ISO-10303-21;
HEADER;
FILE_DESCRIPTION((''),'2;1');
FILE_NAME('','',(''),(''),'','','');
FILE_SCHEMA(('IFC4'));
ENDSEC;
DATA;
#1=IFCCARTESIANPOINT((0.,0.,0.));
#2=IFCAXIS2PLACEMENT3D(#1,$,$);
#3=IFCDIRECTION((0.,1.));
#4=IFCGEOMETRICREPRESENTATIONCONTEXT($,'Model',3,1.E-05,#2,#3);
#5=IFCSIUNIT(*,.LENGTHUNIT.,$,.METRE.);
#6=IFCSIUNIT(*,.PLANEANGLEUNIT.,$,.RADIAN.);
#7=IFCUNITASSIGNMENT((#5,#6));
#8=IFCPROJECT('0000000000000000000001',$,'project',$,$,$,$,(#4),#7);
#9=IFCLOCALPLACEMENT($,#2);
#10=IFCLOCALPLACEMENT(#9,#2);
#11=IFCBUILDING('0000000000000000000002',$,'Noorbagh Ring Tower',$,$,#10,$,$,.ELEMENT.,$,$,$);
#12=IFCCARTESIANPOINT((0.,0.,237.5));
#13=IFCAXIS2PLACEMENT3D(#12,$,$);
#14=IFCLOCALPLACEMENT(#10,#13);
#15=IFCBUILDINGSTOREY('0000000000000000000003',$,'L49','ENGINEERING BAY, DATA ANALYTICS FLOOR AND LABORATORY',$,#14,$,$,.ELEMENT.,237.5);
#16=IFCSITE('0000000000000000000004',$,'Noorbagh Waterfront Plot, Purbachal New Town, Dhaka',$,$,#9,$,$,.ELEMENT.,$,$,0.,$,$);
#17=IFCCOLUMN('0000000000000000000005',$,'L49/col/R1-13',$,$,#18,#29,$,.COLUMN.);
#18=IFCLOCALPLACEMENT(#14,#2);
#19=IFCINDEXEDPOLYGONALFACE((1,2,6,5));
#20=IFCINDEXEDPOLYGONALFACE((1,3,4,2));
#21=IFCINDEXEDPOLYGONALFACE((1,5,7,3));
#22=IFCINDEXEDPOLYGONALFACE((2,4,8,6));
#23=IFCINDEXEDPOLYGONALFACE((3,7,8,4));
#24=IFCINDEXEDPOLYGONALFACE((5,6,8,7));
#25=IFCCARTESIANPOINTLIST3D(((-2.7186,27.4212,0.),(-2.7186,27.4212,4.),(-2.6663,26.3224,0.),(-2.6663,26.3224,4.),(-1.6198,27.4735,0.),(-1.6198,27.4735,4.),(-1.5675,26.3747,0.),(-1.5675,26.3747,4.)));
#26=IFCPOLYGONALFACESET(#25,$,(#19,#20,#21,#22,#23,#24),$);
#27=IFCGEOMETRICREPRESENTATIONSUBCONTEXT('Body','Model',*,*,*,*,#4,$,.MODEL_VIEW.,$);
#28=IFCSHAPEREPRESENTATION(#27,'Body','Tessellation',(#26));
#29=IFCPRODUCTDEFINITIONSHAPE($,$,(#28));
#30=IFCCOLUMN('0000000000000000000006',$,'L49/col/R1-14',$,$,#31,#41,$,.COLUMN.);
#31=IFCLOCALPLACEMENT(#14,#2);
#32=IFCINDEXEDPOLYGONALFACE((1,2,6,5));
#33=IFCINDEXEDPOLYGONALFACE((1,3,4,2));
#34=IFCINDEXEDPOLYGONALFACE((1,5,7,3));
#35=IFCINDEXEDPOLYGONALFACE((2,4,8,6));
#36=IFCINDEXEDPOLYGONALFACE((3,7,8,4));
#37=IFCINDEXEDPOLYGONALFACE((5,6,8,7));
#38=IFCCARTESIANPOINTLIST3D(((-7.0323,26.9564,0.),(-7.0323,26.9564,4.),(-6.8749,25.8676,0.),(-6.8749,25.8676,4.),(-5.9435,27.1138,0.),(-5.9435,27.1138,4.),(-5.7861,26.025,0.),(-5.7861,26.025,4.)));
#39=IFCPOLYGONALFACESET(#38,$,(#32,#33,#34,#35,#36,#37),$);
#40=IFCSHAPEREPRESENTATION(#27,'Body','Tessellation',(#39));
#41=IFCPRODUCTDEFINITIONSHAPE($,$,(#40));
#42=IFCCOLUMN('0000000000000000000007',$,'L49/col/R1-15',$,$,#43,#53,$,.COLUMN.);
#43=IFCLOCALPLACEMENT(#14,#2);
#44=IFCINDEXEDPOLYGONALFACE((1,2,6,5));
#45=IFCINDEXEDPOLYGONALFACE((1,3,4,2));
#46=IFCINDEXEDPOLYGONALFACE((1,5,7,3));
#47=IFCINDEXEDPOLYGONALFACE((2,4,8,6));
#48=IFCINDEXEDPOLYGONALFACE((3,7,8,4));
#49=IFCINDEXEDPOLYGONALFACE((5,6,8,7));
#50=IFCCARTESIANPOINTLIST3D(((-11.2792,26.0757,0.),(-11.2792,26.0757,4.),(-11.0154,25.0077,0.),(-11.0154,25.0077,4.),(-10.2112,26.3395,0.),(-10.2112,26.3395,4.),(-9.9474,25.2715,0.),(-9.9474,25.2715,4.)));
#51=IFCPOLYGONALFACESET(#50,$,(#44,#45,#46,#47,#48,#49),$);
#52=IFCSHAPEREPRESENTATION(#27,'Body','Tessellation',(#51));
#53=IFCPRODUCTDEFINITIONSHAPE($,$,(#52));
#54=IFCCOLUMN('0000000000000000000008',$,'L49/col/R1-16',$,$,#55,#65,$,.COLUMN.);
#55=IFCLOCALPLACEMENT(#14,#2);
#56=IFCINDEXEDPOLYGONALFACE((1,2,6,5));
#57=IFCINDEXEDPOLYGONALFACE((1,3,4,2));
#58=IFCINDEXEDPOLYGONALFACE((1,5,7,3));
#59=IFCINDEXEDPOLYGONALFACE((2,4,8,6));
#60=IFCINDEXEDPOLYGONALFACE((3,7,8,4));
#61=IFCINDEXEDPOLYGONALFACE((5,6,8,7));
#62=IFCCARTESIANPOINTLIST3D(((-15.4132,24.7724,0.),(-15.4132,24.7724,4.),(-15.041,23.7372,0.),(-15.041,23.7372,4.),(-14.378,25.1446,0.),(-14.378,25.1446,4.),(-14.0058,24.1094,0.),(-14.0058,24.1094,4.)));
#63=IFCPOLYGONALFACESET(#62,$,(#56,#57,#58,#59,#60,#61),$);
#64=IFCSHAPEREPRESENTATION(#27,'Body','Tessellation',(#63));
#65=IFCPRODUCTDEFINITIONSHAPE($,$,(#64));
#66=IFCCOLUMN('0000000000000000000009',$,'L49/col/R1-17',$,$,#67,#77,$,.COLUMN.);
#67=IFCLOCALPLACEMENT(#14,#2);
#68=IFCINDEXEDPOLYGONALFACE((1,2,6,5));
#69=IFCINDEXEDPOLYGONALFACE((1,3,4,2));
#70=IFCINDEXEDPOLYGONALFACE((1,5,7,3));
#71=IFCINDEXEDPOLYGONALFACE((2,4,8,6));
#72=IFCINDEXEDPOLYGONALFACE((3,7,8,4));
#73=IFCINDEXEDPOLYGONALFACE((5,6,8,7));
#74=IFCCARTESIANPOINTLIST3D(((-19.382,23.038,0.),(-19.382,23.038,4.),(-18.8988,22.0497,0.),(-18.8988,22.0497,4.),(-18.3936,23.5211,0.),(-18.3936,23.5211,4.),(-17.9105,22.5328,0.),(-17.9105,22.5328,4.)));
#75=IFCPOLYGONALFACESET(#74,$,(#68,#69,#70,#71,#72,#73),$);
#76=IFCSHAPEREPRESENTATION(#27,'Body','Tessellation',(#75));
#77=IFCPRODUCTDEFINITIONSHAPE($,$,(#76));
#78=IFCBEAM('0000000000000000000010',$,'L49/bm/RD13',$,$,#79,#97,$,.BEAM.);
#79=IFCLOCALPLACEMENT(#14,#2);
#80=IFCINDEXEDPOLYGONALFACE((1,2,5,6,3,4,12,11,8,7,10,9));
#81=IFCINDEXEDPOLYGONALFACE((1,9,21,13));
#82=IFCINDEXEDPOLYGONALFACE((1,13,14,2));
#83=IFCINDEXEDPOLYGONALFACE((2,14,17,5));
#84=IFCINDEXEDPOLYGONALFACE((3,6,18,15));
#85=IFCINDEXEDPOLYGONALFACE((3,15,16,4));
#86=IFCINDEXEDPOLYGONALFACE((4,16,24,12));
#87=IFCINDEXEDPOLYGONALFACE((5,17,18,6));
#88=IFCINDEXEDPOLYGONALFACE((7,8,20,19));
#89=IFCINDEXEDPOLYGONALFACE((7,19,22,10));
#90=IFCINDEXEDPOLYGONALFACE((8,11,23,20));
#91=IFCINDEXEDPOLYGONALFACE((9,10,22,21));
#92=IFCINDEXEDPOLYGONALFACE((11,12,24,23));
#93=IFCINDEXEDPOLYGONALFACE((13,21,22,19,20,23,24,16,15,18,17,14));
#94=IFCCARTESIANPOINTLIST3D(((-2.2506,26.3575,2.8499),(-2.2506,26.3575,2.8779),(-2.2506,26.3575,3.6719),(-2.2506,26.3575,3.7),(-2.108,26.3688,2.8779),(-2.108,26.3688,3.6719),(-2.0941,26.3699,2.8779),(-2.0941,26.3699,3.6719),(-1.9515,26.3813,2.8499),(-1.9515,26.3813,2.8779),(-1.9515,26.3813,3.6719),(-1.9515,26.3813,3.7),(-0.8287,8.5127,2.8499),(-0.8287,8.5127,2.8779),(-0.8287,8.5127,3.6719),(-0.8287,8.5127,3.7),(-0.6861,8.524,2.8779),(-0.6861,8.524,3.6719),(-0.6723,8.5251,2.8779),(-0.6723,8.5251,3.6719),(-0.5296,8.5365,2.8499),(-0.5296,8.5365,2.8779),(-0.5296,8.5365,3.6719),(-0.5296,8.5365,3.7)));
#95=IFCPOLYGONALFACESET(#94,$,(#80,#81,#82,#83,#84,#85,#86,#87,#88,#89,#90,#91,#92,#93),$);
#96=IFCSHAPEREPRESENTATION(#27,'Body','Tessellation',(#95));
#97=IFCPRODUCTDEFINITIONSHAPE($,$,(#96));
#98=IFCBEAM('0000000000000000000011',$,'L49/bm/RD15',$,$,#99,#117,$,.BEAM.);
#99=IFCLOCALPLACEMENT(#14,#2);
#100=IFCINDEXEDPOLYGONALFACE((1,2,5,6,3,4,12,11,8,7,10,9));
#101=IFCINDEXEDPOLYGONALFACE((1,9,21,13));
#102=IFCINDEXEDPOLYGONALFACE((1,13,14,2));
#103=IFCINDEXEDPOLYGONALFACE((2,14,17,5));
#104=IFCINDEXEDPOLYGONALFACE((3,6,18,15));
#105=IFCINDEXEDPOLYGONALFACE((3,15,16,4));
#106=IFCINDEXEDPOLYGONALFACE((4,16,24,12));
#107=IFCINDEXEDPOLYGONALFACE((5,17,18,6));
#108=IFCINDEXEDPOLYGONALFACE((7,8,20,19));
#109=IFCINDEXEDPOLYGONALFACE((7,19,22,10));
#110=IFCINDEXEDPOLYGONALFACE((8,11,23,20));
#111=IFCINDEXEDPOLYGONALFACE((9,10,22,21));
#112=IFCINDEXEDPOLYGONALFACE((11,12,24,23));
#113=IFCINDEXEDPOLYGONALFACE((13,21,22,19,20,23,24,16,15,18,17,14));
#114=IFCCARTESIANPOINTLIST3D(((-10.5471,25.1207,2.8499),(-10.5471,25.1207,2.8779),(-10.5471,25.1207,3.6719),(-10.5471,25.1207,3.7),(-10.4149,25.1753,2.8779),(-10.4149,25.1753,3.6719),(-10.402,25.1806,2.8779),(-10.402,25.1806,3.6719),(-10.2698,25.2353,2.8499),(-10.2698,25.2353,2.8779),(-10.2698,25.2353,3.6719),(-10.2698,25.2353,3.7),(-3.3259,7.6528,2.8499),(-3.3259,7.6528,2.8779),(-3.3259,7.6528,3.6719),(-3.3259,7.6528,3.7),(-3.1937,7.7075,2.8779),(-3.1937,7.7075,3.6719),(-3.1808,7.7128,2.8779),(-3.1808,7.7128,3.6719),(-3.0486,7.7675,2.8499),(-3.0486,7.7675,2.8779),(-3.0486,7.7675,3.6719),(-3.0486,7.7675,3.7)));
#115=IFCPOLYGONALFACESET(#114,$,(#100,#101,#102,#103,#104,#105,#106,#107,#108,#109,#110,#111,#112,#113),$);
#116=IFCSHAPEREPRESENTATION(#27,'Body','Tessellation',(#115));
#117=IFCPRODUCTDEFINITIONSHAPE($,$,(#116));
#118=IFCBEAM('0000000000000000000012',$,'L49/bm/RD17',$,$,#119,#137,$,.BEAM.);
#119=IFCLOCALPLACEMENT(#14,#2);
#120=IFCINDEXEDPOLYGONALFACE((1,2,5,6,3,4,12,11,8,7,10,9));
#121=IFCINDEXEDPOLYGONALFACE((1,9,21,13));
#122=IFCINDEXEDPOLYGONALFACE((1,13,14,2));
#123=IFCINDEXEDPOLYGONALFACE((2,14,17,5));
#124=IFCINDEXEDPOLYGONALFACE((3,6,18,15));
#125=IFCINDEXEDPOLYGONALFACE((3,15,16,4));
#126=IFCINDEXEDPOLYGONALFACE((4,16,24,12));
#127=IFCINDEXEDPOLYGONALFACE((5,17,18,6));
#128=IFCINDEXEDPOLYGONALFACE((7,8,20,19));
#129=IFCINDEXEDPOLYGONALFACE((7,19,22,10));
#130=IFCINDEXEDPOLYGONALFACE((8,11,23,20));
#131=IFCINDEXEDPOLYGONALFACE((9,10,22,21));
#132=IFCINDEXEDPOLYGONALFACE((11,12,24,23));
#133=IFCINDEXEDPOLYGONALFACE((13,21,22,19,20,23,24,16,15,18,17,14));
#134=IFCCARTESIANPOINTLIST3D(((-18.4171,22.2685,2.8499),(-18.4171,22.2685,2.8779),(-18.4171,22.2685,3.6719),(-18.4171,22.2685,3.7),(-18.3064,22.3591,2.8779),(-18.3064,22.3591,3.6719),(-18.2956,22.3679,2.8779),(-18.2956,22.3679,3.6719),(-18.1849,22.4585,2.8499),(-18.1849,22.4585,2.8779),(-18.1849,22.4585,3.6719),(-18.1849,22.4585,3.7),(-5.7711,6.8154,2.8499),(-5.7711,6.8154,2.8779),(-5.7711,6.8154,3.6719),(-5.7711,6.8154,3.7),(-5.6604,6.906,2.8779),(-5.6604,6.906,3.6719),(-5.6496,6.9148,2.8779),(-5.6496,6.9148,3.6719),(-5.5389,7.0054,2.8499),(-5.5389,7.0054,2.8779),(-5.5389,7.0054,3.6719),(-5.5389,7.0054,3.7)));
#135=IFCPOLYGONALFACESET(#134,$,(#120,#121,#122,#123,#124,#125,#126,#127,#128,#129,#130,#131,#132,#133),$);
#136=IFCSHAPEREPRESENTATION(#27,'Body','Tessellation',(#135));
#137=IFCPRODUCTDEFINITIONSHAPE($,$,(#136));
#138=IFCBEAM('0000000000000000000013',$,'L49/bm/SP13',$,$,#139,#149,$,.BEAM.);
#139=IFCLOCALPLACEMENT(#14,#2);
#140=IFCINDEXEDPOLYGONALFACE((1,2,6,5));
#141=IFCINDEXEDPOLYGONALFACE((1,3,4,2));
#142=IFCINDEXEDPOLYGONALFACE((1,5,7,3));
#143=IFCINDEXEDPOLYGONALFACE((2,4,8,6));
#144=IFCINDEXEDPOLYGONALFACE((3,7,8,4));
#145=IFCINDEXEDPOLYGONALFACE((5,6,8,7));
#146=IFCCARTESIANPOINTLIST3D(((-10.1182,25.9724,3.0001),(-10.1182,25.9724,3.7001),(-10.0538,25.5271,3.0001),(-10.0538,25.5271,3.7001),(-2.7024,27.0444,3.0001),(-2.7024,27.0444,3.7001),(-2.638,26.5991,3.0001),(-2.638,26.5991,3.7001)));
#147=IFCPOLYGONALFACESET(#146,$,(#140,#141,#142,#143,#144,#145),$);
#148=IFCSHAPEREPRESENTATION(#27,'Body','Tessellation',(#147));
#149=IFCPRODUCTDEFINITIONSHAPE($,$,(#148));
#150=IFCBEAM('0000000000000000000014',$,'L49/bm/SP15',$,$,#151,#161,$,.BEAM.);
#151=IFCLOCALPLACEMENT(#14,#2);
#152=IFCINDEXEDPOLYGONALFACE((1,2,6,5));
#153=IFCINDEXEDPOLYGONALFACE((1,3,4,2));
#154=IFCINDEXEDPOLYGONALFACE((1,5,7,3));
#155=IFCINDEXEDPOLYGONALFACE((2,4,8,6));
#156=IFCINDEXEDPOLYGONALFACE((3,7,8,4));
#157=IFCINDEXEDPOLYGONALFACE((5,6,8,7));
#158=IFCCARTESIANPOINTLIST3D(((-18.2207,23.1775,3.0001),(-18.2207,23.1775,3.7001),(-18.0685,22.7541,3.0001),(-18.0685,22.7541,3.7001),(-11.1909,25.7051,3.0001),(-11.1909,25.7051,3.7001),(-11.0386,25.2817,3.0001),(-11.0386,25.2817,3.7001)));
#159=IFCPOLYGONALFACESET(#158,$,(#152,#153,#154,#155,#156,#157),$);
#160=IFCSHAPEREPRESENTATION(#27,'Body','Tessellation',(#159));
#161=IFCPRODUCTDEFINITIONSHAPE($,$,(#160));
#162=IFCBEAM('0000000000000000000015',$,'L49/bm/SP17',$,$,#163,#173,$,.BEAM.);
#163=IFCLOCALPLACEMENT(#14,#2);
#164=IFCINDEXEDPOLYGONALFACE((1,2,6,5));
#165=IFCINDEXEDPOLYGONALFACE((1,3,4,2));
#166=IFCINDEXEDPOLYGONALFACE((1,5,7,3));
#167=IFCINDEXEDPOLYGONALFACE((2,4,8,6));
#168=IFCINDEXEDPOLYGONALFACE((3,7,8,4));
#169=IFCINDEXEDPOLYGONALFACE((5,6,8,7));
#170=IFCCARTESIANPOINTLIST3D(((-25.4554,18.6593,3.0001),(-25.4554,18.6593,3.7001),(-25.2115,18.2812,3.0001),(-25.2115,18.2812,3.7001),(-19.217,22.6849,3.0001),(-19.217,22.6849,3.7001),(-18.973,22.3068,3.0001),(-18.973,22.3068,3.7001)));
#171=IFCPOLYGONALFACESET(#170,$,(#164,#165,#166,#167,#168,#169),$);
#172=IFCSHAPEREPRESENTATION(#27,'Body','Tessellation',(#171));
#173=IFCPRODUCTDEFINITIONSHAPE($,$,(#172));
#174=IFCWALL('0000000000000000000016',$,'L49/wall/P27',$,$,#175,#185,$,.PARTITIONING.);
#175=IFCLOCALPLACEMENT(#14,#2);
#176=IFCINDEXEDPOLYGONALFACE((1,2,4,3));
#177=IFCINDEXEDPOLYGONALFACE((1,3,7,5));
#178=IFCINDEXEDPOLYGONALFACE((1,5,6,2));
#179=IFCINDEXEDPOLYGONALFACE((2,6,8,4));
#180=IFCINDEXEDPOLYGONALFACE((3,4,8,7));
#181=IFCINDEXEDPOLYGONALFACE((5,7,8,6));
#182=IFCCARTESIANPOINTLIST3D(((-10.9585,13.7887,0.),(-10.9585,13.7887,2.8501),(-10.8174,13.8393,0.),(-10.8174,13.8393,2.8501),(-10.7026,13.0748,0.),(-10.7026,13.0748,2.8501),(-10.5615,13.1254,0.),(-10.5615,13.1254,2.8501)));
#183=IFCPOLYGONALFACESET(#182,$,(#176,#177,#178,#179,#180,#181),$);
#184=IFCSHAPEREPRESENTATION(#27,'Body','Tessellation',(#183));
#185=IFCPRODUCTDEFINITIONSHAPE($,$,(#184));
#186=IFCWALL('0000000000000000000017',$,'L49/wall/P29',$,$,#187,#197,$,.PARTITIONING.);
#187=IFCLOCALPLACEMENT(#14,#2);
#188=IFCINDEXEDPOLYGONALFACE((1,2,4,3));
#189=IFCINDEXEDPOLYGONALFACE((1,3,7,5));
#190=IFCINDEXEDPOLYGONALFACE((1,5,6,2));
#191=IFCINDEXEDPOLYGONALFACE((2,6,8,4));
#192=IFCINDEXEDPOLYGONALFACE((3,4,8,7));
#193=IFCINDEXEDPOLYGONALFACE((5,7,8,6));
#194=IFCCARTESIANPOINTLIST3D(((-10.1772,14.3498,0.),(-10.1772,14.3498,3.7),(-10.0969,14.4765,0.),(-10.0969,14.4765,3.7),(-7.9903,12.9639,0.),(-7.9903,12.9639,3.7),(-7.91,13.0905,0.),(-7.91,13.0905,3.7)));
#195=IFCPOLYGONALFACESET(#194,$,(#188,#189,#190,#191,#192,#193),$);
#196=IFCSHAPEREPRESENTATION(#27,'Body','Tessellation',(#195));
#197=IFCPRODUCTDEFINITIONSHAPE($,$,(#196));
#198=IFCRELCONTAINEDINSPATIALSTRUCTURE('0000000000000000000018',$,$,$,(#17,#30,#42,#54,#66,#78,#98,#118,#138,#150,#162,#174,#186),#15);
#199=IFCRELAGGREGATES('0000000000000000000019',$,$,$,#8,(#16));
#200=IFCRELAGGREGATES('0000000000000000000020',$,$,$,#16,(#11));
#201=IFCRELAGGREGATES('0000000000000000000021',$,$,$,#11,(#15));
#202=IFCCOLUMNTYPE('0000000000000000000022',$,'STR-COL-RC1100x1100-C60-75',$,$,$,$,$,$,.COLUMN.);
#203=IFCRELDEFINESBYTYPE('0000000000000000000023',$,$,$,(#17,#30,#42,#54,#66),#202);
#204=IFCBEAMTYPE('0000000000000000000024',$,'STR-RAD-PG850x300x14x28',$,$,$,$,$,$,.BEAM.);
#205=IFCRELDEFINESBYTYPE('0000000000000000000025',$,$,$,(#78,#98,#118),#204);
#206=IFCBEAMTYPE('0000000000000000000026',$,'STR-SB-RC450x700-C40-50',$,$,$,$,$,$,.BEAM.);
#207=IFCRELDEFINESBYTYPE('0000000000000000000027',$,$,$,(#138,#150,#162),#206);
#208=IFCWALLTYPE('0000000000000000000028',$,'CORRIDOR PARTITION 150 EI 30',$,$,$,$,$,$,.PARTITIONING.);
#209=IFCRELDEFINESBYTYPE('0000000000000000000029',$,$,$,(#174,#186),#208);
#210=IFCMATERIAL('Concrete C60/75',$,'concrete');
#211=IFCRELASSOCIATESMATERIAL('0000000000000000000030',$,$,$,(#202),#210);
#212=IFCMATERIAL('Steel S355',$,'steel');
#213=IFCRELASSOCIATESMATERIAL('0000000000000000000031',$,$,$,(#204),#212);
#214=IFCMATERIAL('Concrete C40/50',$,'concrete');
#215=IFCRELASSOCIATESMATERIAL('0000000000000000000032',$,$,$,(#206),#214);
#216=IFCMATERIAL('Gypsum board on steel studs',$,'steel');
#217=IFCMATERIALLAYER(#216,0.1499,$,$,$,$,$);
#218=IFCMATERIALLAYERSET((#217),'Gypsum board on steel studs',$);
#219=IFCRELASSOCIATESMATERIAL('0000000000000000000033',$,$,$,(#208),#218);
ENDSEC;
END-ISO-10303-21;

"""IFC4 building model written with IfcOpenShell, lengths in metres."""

from ifc_helpers import new_model, si_unit, direction, frame, frame_2d, origin, origin_2d, place, context, subcontext, project, spatial, rectangle, i_section, extrude, material, layer, layer_set, material_profile, profile_set, type_object, element, save


model = new_model("IFC4")

# Units and contexts
model_context = context("Model", 3, precision=1e-05, world=origin(), true_north=direction((0.0, 1.0)))
body_context = subcontext(model_context, "Body", "Model", "MODEL_VIEW")
ifc_project = project(units=[si_unit("LENGTHUNIT", "METRE"), si_unit("PLANEANGLEUNIT", "RADIAN")], contexts=[model_context])

# Site, building, storey
site_placement = place(None, origin())
site = spatial("IfcSite", under=ifc_project, at=site_placement, Name="Noorbagh Waterfront Plot, Purbachal New Town, Dhaka", CompositionType="ELEMENT", RefElevation=0.0)
building_placement = place(site_placement, origin())
building = spatial("IfcBuilding", under=site, at=building_placement, Name="Noorbagh Ring Tower", CompositionType="ELEMENT")
storey_placement = place(building_placement, frame((0.0, 0.0, 237.5)))
storey = spatial("IfcBuildingStorey", under=building, at=storey_placement, Name="L49", Description="ENGINEERING BAY, DATA ANALYTICS FLOOR AND LABORATORY", CompositionType="ELEMENT", Elevation=237.5)

# Columns
ifc_material_1 = material(Name="Concrete C60/75", Category="concrete")
ifc_material_profile_1 = material_profile(ifc_material_1, rectangle(XDim=1.1001, YDim=1.1001, at=origin_2d()), Name="RC1100x1100")
ifc_profile_set_1 = profile_set([ifc_material_profile_1], Name="Concrete C60/75")
column_type = type_object("IfcColumnType", Name="STR-COL-RC1100x1100-C60-75", PredefinedType="COLUMN", material=ifc_profile_set_1)
for number, where, z_axis, x_axis, name in (
    (1, (-2.1431, 26.8979, 0.0), (0.0, 0.0, 1.0), (-0.998869, -0.047553, 0.0), "L49/col/R1-13"),
    (2, (-6.4092, 26.4907, 0.0), (0.0, 0.0, 1.0), (-0.989713, -0.143066, 0.0), "L49/col/R1-14"),
    (3, (-10.6133, 25.6736, 0.0), (0.0, 0.0, 1.0), (-0.970829, -0.239771, 0.0), "L49/col/R1-15"),
    (4, (-14.7095, 24.4409, 0.0), (0.0, 0.0, 1.0), (-0.941025, -0.338338, 0.0), "L49/col/R1-16"),
    (5, (-18.6462, 22.7854, 0.0), (0.0, 0.0, 1.0), (-0.898399, -0.43918, 0.0), "L49/col/R1-17"),
):
    element("IfcColumn", number, at=place(storey_placement, frame(where, z_axis=z_axis, x_axis=x_axis)), inside=storey, type_object=column_type, Name=name, PredefinedType="COLUMN", context=body_context, shape_type="SweptSolid", body=[
        extrude(rectangle(XDim=1.1001, YDim=1.1001, at=origin_2d()), origin(), (0.0, 0.0, 1.0), 4.0),
    ])

# Beams
ifc_material_2 = material(Name="Steel S355", Category="steel")
ifc_material_profile_2 = material_profile(ifc_material_2, i_section(OverallWidth=0.3, OverallDepth=0.8501, WebThickness=0.0139, FlangeThickness=0.0281, at=origin_2d()), Name="PG850x300x14x28")
ifc_profile_set_2 = profile_set([ifc_material_profile_2], Name="Steel S355")
beam_type_1 = type_object("IfcBeamType", Name="STR-RAD-PG850x300x14x28", PredefinedType="BEAM", material=ifc_profile_set_2)
beam_1_placement = place(storey_placement, frame((-2.1011, 26.3694, 3.2749), z_axis=(0.079429, -0.996841, 0.0), x_axis=(0.996841, 0.079429, 0.0)))
element("IfcBeam", 6, at=beam_1_placement, inside=storey, type_object=beam_type_1, Name="L49/bm/RD13", PredefinedType="BEAM", context=body_context, shape_type="SweptSolid", body=[
    extrude(i_section(OverallWidth=0.3, OverallDepth=0.8501, WebThickness=0.0139, FlangeThickness=0.0281, at=origin_2d()), origin(), (0.0, 0.0, 1.0), 17.9014),
])
beam_2_placement = place(storey_placement, frame((-10.4084, 25.178, 3.2749), z_axis=(0.382042, -0.924145, 0.0), x_axis=(0.924145, 0.382042, 0.0)))
element("IfcBeam", 7, at=beam_2_placement, inside=storey, type_object=beam_type_1, Name="L49/bm/RD15", PredefinedType="BEAM", context=body_context, shape_type="SweptSolid", body=[
    extrude(i_section(OverallWidth=0.3, OverallDepth=0.8501, WebThickness=0.0139, FlangeThickness=0.0281, at=origin_2d()), origin(), (0.0, 0.0, 1.0), 18.9016),
])
beam_3_placement = place(storey_placement, frame((-18.301, 22.3635, 3.2749), z_axis=(0.633314, -0.773895, 0.0), x_axis=(0.773895, 0.633314, 0.0)))
element("IfcBeam", 8, at=beam_3_placement, inside=storey, type_object=beam_type_1, Name="L49/bm/RD17", PredefinedType="BEAM", context=body_context, shape_type="SweptSolid", body=[
    extrude(i_section(OverallWidth=0.3, OverallDepth=0.8501, WebThickness=0.0139, FlangeThickness=0.0281, at=origin_2d()), origin(), (0.0, 0.0, 1.0), 19.968),
])
ifc_material_3 = material(Name="Concrete C40/50", Category="concrete")
ifc_material_profile_3 = material_profile(ifc_material_3, rectangle(XDim=0.45, YDim=0.7, at=origin_2d()), Name="RC450x700")
ifc_profile_set_3 = profile_set([ifc_material_profile_3], Name="Concrete C40/50")
beam_type_2 = type_object("IfcBeamType", Name="STR-SB-RC450x700-C40-50", PredefinedType="BEAM", material=ifc_profile_set_3)
beam_4_placement = place(storey_placement, frame((-2.6702, 26.8218, 3.3501), z_axis=(-0.989712, -0.143072, 0.0), x_axis=(0.143072, -0.989712, 0.0)))
element("IfcBeam", 9, at=beam_4_placement, inside=storey, type_object=beam_type_2, Name="L49/bm/SP13", PredefinedType="BEAM", context=body_context, shape_type="SweptSolid", body=[
    extrude(rectangle(XDim=0.45, YDim=0.7, at=origin_2d()), origin(), (0.0, 0.0, 1.0), 7.4929),
])
beam_5_placement = place(storey_placement, frame((-11.1147, 25.4934, 3.3501), z_axis=(-0.941021, -0.338348, 0.0), x_axis=(0.338348, -0.941021, 0.0)))
element("IfcBeam", 10, at=beam_5_placement, inside=storey, type_object=beam_type_2, Name="L49/bm/SP15", PredefinedType="BEAM", context=body_context, shape_type="SweptSolid", body=[
    extrude(rectangle(XDim=0.45, YDim=0.7, at=origin_2d()), origin(), (0.0, 0.0, 1.0), 7.4705),
])
beam_6_placement = place(storey_placement, frame((-19.095, 22.4958, 3.3501), z_axis=(-0.840249, -0.542201, 0.0), x_axis=(0.542201, -0.840249, 0.0)))
element("IfcBeam", 11, at=beam_6_placement, inside=storey, type_object=beam_type_2, Name="L49/bm/SP17", PredefinedType="BEAM", context=body_context, shape_type="SweptSolid", body=[
    extrude(rectangle(XDim=0.45, YDim=0.7, at=origin_2d()), origin(), (0.0, 0.0, 1.0), 7.4246),
])

# Walls
ifc_material_4 = material(Name="Gypsum board on steel studs", Category="steel")
ifc_layer_1 = layer(ifc_material_4, 0.1499)
ifc_layer_set_1 = layer_set([ifc_layer_1], Name="Gypsum board on steel studs")
wall_type_1 = type_object("IfcWallType", Name="CORRIDOR PARTITION 150 EI 30", PredefinedType="PARTITIONING", material=ifc_layer_set_1)
wall_1_placement = place(storey_placement, frame((-10.8879, 13.814, 0.0), z_axis=(0.0, 0.0, 1.0), x_axis=(0.337397, -0.941363, 0.0)))
element("IfcWall", 12, at=wall_1_placement, inside=storey, type_object=wall_type_1, Name="L49/wall/P27", PredefinedType="PARTITIONING", context=body_context, shape_type="SweptSolid", body=[
    extrude(rectangle(XDim=0.7583, YDim=0.1499, at=frame_2d((0.3792, 0.0))), origin(), (0.0, 0.0, 1.0), 2.8501),
])
wall_2_placement = place(storey_placement, frame((-10.137, 14.4131, 0.0), z_axis=(0.0, 0.0, 1.0), x_axis=(0.844666, -0.535294, 0.0)))
element("IfcWall", 13, at=wall_2_placement, inside=storey, type_object=wall_type_1, Name="L49/wall/P29", PredefinedType="PARTITIONING", context=body_context, shape_type="SweptSolid", body=[
    extrude(rectangle(XDim=2.5891, YDim=0.1499, at=frame_2d((1.2944, 0.0))), origin(), (0.0, 0.0, 1.0), 3.7),
])

save(model, "model.ifc")
